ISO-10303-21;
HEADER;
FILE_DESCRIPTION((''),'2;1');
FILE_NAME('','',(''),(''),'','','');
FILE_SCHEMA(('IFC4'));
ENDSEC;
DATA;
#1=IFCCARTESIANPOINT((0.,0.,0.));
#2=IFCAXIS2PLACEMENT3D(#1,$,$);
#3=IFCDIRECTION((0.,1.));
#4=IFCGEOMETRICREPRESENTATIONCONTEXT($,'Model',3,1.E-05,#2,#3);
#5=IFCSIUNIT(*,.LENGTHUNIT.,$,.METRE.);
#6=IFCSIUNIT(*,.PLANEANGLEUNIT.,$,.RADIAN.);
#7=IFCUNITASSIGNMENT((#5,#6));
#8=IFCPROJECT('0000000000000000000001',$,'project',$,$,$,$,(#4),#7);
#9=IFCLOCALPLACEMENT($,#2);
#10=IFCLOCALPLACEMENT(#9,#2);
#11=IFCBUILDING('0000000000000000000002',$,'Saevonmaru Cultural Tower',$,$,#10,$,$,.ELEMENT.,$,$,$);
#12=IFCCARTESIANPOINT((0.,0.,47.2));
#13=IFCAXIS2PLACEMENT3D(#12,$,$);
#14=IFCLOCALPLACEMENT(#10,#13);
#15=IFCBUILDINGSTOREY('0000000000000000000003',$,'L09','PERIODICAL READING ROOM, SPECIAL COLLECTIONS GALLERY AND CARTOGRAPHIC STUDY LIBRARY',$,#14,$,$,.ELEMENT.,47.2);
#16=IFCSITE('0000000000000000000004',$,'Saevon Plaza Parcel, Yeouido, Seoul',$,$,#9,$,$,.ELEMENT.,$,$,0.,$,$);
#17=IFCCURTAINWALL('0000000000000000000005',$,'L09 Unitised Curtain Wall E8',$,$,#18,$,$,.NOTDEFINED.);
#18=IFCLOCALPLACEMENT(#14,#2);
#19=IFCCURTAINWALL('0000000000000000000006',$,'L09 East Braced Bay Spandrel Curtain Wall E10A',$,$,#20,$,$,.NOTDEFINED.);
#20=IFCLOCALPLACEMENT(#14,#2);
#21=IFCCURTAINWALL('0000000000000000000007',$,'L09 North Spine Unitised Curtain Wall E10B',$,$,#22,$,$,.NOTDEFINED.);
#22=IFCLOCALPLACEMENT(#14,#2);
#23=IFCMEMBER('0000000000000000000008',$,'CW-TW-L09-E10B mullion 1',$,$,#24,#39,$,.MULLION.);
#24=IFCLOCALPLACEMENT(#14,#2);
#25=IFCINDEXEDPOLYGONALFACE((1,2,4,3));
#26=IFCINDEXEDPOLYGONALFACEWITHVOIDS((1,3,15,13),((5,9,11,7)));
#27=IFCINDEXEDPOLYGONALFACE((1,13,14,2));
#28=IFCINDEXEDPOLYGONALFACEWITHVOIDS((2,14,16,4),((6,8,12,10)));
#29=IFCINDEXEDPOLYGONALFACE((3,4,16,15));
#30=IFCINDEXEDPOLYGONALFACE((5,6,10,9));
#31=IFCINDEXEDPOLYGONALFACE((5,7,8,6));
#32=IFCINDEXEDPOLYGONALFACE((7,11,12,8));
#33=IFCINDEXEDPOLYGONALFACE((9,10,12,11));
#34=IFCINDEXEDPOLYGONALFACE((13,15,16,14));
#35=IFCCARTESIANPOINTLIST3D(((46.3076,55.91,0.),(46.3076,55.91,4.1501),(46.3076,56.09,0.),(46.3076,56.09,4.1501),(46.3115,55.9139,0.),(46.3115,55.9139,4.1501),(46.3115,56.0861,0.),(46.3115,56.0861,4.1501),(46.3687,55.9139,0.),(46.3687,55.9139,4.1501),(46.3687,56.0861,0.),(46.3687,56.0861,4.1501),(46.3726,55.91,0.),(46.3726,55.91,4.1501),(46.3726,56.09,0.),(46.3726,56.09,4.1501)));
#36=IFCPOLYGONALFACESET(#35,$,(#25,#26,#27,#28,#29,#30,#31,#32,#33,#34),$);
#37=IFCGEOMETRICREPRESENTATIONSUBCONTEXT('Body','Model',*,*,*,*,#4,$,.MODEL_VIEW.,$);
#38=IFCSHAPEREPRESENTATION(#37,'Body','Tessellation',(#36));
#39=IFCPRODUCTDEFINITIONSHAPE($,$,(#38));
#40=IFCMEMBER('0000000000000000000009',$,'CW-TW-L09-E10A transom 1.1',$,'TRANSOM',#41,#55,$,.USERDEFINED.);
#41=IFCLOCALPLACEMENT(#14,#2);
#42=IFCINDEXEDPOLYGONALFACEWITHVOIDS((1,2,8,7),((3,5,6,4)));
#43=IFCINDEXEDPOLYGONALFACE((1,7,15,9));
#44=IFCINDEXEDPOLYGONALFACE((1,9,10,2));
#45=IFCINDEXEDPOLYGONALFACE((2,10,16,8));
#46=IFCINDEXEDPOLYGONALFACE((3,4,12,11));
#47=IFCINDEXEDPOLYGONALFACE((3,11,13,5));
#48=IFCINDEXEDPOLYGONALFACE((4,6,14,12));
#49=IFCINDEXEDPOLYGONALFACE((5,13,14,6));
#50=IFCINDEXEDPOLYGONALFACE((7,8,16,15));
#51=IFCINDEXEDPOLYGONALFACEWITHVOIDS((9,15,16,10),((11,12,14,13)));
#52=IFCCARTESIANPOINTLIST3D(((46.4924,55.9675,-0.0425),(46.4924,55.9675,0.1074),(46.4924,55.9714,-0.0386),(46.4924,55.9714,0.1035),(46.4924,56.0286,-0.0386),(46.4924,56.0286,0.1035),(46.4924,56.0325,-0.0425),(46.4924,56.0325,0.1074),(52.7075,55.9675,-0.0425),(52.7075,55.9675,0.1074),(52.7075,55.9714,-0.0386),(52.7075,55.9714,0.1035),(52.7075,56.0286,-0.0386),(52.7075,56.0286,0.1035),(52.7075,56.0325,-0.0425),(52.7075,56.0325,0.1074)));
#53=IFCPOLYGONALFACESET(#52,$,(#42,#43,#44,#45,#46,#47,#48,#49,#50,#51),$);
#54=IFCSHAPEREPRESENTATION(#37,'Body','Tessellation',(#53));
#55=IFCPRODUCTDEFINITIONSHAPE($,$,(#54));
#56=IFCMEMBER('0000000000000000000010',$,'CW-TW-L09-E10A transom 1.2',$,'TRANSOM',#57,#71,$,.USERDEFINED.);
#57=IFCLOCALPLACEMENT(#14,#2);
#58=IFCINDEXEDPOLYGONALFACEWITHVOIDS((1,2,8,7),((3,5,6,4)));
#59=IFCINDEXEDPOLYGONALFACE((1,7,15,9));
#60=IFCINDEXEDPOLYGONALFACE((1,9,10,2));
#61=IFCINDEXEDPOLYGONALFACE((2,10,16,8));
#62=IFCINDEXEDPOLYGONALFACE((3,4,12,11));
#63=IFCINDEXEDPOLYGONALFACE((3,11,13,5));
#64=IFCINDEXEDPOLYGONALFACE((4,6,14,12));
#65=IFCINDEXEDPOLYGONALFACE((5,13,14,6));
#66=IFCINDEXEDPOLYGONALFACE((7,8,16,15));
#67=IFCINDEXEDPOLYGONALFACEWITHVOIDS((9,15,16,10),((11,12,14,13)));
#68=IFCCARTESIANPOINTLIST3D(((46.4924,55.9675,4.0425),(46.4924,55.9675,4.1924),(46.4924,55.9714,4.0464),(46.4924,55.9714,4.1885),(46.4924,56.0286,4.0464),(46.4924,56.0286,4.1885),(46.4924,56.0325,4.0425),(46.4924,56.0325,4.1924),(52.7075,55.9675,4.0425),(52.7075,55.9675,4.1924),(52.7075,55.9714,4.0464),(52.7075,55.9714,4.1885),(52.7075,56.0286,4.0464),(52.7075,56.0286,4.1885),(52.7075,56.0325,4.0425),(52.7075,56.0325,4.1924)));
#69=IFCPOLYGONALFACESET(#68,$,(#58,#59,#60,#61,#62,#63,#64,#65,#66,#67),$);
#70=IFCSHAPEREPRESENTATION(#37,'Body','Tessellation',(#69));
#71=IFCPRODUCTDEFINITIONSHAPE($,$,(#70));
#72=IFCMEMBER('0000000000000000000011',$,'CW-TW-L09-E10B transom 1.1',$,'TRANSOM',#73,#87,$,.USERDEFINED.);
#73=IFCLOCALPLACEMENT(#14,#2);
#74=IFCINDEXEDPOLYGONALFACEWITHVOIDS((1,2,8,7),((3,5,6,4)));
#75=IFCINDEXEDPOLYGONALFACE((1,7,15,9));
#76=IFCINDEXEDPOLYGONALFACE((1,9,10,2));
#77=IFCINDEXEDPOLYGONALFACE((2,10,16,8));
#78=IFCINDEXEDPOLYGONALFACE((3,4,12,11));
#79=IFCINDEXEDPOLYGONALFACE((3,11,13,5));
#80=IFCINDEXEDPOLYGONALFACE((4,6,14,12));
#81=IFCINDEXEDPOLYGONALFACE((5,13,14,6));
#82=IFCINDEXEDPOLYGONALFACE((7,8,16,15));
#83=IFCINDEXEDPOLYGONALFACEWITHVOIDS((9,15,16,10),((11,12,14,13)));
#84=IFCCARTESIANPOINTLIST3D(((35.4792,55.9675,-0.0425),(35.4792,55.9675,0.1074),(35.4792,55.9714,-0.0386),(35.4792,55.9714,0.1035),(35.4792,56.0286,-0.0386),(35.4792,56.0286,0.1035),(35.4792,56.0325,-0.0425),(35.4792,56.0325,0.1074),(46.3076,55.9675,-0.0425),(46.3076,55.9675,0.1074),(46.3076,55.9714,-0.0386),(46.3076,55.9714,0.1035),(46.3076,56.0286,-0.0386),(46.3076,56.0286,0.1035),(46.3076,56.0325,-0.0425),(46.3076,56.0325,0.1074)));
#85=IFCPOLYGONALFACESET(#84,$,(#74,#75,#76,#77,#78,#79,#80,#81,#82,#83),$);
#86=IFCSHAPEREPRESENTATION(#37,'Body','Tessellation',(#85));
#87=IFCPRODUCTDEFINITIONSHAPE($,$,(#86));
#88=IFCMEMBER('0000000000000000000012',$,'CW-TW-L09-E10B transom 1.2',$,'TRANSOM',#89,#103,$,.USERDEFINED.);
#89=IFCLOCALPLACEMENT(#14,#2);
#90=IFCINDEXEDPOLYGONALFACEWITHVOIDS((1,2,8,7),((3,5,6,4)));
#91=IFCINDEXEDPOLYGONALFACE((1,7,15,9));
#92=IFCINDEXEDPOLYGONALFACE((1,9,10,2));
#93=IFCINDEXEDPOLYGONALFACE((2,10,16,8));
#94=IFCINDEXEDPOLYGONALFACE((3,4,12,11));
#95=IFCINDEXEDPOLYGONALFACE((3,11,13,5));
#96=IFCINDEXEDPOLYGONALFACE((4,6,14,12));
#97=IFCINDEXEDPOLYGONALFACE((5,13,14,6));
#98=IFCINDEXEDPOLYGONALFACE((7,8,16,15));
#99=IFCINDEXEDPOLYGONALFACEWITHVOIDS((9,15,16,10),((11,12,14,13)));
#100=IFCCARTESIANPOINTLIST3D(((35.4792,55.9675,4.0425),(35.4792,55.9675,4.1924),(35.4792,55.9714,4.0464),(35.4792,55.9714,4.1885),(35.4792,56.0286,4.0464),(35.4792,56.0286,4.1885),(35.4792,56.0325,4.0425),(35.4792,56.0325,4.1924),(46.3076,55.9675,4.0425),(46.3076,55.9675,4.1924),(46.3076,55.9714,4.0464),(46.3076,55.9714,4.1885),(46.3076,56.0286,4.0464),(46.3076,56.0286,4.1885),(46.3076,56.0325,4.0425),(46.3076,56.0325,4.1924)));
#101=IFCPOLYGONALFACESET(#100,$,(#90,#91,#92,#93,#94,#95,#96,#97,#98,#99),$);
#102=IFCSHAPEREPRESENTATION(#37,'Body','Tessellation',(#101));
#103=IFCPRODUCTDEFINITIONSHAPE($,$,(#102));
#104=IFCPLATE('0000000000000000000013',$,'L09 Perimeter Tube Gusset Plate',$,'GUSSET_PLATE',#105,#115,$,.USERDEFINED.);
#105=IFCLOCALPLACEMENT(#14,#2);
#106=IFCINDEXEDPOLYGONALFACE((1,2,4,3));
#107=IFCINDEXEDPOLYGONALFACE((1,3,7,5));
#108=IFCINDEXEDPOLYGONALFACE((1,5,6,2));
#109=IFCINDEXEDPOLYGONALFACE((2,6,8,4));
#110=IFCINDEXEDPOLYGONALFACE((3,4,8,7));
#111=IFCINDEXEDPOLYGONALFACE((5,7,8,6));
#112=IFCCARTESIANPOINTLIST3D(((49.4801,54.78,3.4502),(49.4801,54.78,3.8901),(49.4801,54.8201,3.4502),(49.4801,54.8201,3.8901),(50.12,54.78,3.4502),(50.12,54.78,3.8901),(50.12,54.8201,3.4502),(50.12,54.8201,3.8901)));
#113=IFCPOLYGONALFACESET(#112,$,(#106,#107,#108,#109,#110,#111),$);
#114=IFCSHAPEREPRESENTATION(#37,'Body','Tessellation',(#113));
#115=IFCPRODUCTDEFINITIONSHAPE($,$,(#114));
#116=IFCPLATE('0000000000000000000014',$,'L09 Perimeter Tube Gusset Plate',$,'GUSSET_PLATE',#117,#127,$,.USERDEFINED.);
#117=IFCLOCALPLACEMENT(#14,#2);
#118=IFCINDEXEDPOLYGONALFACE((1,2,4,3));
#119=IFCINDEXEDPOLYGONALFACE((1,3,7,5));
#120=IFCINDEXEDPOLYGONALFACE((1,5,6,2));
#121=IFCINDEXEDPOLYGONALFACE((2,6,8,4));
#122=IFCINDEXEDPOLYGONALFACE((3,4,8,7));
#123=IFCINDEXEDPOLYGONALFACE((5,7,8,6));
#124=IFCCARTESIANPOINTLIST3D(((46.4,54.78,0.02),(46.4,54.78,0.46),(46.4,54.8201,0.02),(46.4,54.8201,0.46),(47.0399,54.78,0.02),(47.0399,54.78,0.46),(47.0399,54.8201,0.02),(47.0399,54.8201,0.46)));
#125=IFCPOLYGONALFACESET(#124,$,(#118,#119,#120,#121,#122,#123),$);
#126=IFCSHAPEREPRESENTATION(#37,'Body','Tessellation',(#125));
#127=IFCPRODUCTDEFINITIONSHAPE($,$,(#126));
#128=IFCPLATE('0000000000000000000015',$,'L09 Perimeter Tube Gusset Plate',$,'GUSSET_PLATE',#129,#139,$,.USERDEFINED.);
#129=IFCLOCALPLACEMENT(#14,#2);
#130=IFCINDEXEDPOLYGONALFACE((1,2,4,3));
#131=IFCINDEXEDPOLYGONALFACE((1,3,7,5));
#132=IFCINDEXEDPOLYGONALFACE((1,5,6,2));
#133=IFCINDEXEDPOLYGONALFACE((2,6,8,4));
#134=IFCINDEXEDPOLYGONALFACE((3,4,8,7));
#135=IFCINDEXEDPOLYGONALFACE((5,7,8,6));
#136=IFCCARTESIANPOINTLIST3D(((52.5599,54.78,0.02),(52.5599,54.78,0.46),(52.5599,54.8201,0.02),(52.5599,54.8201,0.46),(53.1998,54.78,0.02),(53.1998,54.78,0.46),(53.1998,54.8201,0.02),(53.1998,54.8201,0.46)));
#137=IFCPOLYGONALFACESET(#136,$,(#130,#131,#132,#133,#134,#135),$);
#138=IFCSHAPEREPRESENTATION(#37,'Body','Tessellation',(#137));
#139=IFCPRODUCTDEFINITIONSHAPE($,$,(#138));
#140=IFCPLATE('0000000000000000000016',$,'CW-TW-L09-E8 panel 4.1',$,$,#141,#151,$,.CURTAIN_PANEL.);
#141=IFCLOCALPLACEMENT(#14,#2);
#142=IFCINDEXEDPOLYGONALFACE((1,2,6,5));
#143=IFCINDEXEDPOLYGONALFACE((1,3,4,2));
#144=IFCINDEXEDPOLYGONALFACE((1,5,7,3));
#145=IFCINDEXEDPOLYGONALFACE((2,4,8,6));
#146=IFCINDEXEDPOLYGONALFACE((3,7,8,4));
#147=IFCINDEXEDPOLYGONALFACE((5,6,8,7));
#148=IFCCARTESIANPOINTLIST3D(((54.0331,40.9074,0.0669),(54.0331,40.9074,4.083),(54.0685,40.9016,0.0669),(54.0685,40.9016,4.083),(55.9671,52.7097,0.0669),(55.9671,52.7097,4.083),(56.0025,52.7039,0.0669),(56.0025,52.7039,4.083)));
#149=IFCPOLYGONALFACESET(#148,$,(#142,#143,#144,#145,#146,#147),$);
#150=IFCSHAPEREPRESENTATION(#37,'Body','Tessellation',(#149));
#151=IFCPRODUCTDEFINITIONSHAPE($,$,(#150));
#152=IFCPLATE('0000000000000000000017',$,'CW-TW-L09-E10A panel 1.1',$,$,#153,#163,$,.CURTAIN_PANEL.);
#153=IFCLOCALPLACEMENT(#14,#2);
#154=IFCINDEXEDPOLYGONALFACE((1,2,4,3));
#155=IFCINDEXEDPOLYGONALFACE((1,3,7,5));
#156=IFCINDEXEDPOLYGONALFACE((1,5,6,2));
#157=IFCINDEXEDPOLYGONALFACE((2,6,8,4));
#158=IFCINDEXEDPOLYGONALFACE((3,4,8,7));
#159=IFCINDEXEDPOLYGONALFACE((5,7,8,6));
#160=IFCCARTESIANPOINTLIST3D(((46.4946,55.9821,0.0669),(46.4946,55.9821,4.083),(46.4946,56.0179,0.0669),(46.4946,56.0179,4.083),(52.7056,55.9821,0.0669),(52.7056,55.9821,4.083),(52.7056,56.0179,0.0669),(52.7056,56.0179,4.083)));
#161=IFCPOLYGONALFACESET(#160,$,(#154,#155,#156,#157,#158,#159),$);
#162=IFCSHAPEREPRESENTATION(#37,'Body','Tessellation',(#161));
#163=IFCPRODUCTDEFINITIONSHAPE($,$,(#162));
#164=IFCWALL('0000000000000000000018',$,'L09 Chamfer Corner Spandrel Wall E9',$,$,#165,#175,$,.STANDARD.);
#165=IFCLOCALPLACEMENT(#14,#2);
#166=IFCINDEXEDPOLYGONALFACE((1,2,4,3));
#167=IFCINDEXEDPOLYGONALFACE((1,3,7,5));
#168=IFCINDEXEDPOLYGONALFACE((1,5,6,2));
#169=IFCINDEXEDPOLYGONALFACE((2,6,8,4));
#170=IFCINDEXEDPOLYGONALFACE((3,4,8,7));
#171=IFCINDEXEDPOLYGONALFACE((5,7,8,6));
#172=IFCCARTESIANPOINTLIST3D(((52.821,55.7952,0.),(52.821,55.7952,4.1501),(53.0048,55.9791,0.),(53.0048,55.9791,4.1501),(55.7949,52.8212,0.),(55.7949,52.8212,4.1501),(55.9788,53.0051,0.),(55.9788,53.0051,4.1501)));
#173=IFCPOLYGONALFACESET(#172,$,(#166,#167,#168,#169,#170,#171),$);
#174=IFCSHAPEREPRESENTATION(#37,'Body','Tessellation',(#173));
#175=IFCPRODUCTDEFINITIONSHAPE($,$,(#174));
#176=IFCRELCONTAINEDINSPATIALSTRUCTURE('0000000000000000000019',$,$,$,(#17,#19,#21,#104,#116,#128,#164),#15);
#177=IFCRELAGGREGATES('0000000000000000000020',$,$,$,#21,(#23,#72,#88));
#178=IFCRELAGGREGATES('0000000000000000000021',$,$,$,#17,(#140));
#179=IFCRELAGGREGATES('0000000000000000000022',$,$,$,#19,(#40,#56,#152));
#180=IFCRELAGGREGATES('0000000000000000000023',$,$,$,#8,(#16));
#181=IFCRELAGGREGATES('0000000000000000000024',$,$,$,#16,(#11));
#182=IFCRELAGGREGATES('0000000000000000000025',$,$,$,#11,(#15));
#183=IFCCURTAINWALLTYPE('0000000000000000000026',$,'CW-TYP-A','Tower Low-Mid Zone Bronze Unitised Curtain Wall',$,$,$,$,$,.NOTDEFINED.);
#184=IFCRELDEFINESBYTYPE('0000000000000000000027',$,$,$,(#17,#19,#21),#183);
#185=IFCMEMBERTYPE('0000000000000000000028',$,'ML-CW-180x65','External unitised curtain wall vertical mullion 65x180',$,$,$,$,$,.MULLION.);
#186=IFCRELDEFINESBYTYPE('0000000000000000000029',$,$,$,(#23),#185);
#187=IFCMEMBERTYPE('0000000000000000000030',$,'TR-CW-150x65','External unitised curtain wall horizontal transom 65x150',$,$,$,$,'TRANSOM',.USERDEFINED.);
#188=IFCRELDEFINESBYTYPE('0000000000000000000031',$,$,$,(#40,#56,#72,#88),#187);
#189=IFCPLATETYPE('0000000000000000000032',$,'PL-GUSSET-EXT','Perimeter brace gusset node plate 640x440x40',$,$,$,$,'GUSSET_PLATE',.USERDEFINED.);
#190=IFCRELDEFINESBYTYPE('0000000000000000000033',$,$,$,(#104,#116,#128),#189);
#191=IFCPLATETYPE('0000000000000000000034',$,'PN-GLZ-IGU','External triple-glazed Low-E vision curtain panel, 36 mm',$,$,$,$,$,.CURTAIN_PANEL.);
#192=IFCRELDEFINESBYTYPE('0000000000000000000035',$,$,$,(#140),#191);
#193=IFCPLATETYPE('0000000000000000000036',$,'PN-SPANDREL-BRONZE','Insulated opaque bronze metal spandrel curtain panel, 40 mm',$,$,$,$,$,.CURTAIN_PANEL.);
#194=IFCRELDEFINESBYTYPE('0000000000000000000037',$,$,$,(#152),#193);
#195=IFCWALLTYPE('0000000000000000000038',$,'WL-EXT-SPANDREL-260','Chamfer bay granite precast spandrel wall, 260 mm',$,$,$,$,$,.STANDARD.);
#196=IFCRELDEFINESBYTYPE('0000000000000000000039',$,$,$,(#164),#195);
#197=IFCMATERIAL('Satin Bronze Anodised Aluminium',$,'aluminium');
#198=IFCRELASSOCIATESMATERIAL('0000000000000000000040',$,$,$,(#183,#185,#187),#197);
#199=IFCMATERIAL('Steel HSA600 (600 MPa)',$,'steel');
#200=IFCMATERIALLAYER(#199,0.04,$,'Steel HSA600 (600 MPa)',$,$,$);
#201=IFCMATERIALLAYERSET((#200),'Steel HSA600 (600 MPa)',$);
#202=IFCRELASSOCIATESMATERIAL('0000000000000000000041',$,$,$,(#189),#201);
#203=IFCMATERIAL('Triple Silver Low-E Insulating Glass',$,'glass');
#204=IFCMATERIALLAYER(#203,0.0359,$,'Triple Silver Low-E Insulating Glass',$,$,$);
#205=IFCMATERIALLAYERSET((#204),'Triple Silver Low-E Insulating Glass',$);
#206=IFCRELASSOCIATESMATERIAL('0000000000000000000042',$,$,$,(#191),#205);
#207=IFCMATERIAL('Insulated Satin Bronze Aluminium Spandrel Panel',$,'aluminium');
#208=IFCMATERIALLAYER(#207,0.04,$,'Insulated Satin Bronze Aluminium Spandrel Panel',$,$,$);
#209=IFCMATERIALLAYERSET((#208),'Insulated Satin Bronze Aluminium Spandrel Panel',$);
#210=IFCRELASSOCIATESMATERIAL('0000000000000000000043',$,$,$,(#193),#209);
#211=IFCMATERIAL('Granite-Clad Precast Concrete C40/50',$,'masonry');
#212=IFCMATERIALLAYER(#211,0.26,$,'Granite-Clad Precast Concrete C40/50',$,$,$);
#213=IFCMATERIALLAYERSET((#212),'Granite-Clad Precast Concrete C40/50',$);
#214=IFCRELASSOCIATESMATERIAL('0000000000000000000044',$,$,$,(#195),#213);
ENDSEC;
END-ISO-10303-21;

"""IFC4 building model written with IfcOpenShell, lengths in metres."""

from ifc_helpers import new_model, si_unit, direction, frame, frame_2d, origin, origin_2d, place, context, subcontext, project, spatial, rectangle, hollow_rectangle, extrude, material, layer, layer_set, material_profile, profile_set, type_object, element, aggregate, save


model = new_model("IFC4")

# Units and contexts
model_context = context("Model", 3, precision=1e-05, world=origin(), true_north=direction((0.0, 1.0)))
body_context = subcontext(model_context, "Body", "Model", "MODEL_VIEW")
ifc_project = project(units=[si_unit("LENGTHUNIT", "METRE"), si_unit("PLANEANGLEUNIT", "RADIAN")], contexts=[model_context])

# Site, building, storey
site_placement = place(None, origin())
site = spatial("IfcSite", under=ifc_project, at=site_placement, Name="Saevon Plaza Parcel, Yeouido, Seoul", CompositionType="ELEMENT", RefElevation=0.0)
building_placement = place(site_placement, origin())
building = spatial("IfcBuilding", under=site, at=building_placement, Name="Saevonmaru Cultural Tower", CompositionType="ELEMENT")
storey_placement = place(building_placement, frame((0.0, 0.0, 47.2)))
storey = spatial("IfcBuildingStorey", under=building, at=storey_placement, Name="L09", Description="PERIODICAL READING ROOM, SPECIAL COLLECTIONS GALLERY AND CARTOGRAPHIC STUDY LIBRARY", CompositionType="ELEMENT", Elevation=47.2)

# Shared definitions
ifc_material_1 = material(Name="Steel HSA600 (600 MPa)", Category="steel")

# Curtain wall
ifc_material_2 = material(Name="Satin Bronze Anodised Aluminium", Category="aluminium")
curtain_wall_type = type_object("IfcCurtainWallType", Name="CW-TYP-A", Description="Tower Low-Mid Zone Bronze Unitised Curtain Wall", PredefinedType="NOTDEFINED", material=ifc_material_2)
curtain_wall_1_placement = place(storey_placement, origin())
curtain_wall_1 = element("IfcCurtainWall", 1, at=curtain_wall_1_placement, inside=storey, type_object=curtain_wall_type, Name="L09 Unitised Curtain Wall E8", PredefinedType="NOTDEFINED")
ifc_material_profile_1 = material_profile(ifc_material_2, hollow_rectangle(XDim=0.0649, YDim=0.1799, WallThickness=0.0039, at=origin_2d()), Name="ALU-MULL-180x65x4")
ifc_profile_set_1 = profile_set([ifc_material_profile_1], Name="Satin Bronze Anodised Aluminium")
member_type_1 = type_object("IfcMemberType", Name="ML-CW-180x65", Description="External unitised curtain wall vertical mullion 65x180", PredefinedType="MULLION", material=ifc_profile_set_1)

# Curtain wall
curtain_wall_2_placement = place(storey_placement, origin())
curtain_wall_2 = element("IfcCurtainWall", 2, at=curtain_wall_2_placement, inside=storey, type_object=curtain_wall_type, Name="L09 East Braced Bay Spandrel Curtain Wall E10A", PredefinedType="NOTDEFINED")

# Curtain wall, member
curtain_wall_3_placement = place(storey_placement, origin())
curtain_wall_3 = element("IfcCurtainWall", 3, at=curtain_wall_3_placement, inside=storey, type_object=curtain_wall_type, Name="L09 North Spine Unitised Curtain Wall E10B", PredefinedType="NOTDEFINED")
member_1_placement = place(storey_placement, frame((46.3401, 56.0, 0.0), z_axis=(0.0, 0.0, 1.0), x_axis=(-1.0, 0.0, 0.0)))
member_1 = element("IfcMember", 4, at=member_1_placement, type_object=member_type_1, Name="CW-TW-L09-E10B mullion 1", PredefinedType="MULLION", context=body_context, shape_type="SweptSolid", body=[
    extrude(hollow_rectangle(XDim=0.0649, YDim=0.1799, WallThickness=0.0039, at=origin_2d()), origin(), (0.0, 0.0, 1.0), 4.1501),
])

# Members
ifc_material_profile_2 = material_profile(ifc_material_2, hollow_rectangle(XDim=0.0649, YDim=0.1499, WallThickness=0.0039, at=origin_2d()), Name="ALU-TRAN-150x65x4")
ifc_profile_set_2 = profile_set([ifc_material_profile_2], Name="Satin Bronze Anodised Aluminium")
member_type_2 = type_object("IfcMemberType", Name="TR-CW-150x65", Description="External unitised curtain wall horizontal transom 65x150", ElementType="TRANSOM", PredefinedType="USERDEFINED", material=ifc_profile_set_2)
member_2_placement = place(storey_placement, frame((52.7075, 56.0, 0.0325), z_axis=(-1.0, 0.0, 0.0), x_axis=(0.0, -1.0, 0.0)))
member_2 = element("IfcMember", 5, at=member_2_placement, type_object=member_type_2, Name="CW-TW-L09-E10A transom 1.1", ObjectType="TRANSOM", PredefinedType="USERDEFINED", context=body_context, shape_type="SweptSolid", body=[
    extrude(hollow_rectangle(XDim=0.0649, YDim=0.1499, WallThickness=0.0039, at=origin_2d()), origin(), (0.0, 0.0, 1.0), 6.2151),
])
member_3_placement = place(storey_placement, frame((52.7075, 56.0, 4.1174), z_axis=(-1.0, 0.0, 0.0), x_axis=(0.0, -1.0, 0.0)))
member_3 = element("IfcMember", 6, at=member_3_placement, type_object=member_type_2, Name="CW-TW-L09-E10A transom 1.2", ObjectType="TRANSOM", PredefinedType="USERDEFINED", context=body_context, shape_type="SweptSolid", body=[
    extrude(hollow_rectangle(XDim=0.0649, YDim=0.1499, WallThickness=0.0039, at=origin_2d()), origin(), (0.0, 0.0, 1.0), 6.2151),
])
member_4_placement = place(storey_placement, frame((46.3076, 56.0, 0.0325), z_axis=(-1.0, 0.0, 0.0), x_axis=(0.0, -1.0, 0.0)))
member_4 = element("IfcMember", 7, at=member_4_placement, type_object=member_type_2, Name="CW-TW-L09-E10B transom 1.1", ObjectType="TRANSOM", PredefinedType="USERDEFINED", context=body_context, shape_type="SweptSolid", body=[
    extrude(hollow_rectangle(XDim=0.0649, YDim=0.1499, WallThickness=0.0039, at=origin_2d()), origin(), (0.0, 0.0, 1.0), 10.8284),
])
member_5_placement = place(storey_placement, frame((46.3076, 56.0, 4.1174), z_axis=(-1.0, 0.0, 0.0), x_axis=(0.0, -1.0, 0.0)))
member_5 = element("IfcMember", 8, at=member_5_placement, type_object=member_type_2, Name="CW-TW-L09-E10B transom 1.2", ObjectType="TRANSOM", PredefinedType="USERDEFINED", context=body_context, shape_type="SweptSolid", body=[
    extrude(hollow_rectangle(XDim=0.0649, YDim=0.1499, WallThickness=0.0039, at=origin_2d()), origin(), (0.0, 0.0, 1.0), 10.8284),
])
aggregate(curtain_wall_3, [member_1, member_4, member_5])

# Plates
ifc_layer_1 = layer(ifc_material_1, 0.04, Name="Steel HSA600 (600 MPa)")
ifc_layer_set_1 = layer_set([ifc_layer_1], Name="Steel HSA600 (600 MPa)")
plate_type_1 = type_object("IfcPlateType", Name="PL-GUSSET-EXT", Description="Perimeter brace gusset node plate 640x440x40", ElementType="GUSSET_PLATE", PredefinedType="USERDEFINED", material=ifc_layer_set_1)
for number, where, z_axis, x_axis, name in (
    (9, (49.8, 54.8, 3.4502), (0.0, 0.0, 1.0), (1.0, 0.0, 0.0), "L09 Perimeter Tube Gusset Plate"),
    (10, (46.72, 54.8, 0.02), (0.0, 0.0, 1.0), (1.0, 0.0, 0.0), "L09 Perimeter Tube Gusset Plate"),
    (11, (52.8799, 54.8, 0.02), (0.0, 0.0, 1.0), (1.0, 0.0, 0.0), "L09 Perimeter Tube Gusset Plate"),
):
    element("IfcPlate", number, at=place(storey_placement, frame(where, z_axis=z_axis, x_axis=x_axis)), inside=storey, type_object=plate_type_1, Name=name, ObjectType="GUSSET_PLATE", PredefinedType="USERDEFINED", context=body_context, shape_type="SweptSolid", body=[
        extrude(rectangle(XDim=0.6399, YDim=0.04, at=origin_2d()), origin(), (0.0, 0.0, 1.0), 0.4399),
    ])

# Plates
ifc_material_3 = material(Name="Triple Silver Low-E Insulating Glass", Category="glass")
ifc_layer_2 = layer(ifc_material_3, 0.0359, Name="Triple Silver Low-E Insulating Glass")
ifc_layer_set_2 = layer_set([ifc_layer_2], Name="Triple Silver Low-E Insulating Glass")
plate_type_2 = type_object("IfcPlateType", Name="PN-GLZ-IGU", Description="External triple-glazed Low-E vision curtain panel, 36 mm", PredefinedType="CURTAIN_PANEL", material=ifc_layer_set_2)
plate_1_placement = place(storey_placement, frame((55.0178, 46.8057, 0.0669), z_axis=(0.0, 0.0, 1.0), x_axis=(0.161709, 0.986839, 0.0)))
plate_1 = element("IfcPlate", 12, at=plate_1_placement, type_object=plate_type_2, Name="CW-TW-L09-E8 panel 4.1", PredefinedType="CURTAIN_PANEL", context=body_context, shape_type="SweptSolid", body=[
    extrude(rectangle(XDim=11.9597, YDim=0.0359, at=origin_2d()), origin(), (0.0, 0.0, 1.0), 4.0161),
])
aggregate(curtain_wall_1, [plate_1])
ifc_material_4 = material(Name="Insulated Satin Bronze Aluminium Spandrel Panel", Category="aluminium")
ifc_layer_3 = layer(ifc_material_4, 0.04, Name="Insulated Satin Bronze Aluminium Spandrel Panel")
ifc_layer_set_3 = layer_set([ifc_layer_3], Name="Insulated Satin Bronze Aluminium Spandrel Panel")
plate_type_3 = type_object("IfcPlateType", Name="PN-SPANDREL-BRONZE", Description="Insulated opaque bronze metal spandrel curtain panel, 40 mm", PredefinedType="CURTAIN_PANEL", material=ifc_layer_set_3)
plate_2_placement = place(storey_placement, frame((49.6001, 56.0, 0.0669), z_axis=(0.0, 0.0, 1.0), x_axis=(-1.0, 0.0, 0.0)))
plate_2 = element("IfcPlate", 13, at=plate_2_placement, type_object=plate_type_3, Name="CW-TW-L09-E10A panel 1.1", PredefinedType="CURTAIN_PANEL", context=body_context, shape_type="SweptSolid", body=[
    extrude(rectangle(XDim=6.2109, YDim=0.0359, at=origin_2d()), origin(), (0.0, 0.0, 1.0), 4.0161),
])
aggregate(curtain_wall_2, [member_2, member_3, plate_2])

# Wall
ifc_material_5 = material(Name="Granite-Clad Precast Concrete C40/50", Category="masonry")
ifc_layer_4 = layer(ifc_material_5, 0.26, Name="Granite-Clad Precast Concrete C40/50")
ifc_layer_set_4 = layer_set([ifc_layer_4], Name="Granite-Clad Precast Concrete C40/50")
wall_type_1 = type_object("IfcWallType", Name="WL-EXT-SPANDREL-260", Description="Chamfer bay granite precast spandrel wall, 260 mm", PredefinedType="STANDARD", material=ifc_layer_set_4)
wall_1_placement = place(storey_placement, frame((55.887, 52.9131, 0.0), z_axis=(0.0, 0.0, 1.0), x_axis=(-0.707107, 0.707107, 0.0)))
element("IfcWall", 14, at=wall_1_placement, inside=storey, type_object=wall_type_1, Name="L09 Chamfer Corner Spandrel Wall E9", PredefinedType="STANDARD", context=body_context, shape_type="SweptSolid", body=[
    extrude(rectangle(XDim=4.2058, YDim=0.26, at=frame_2d((2.103, 0.0))), origin(), (0.0, 0.0, 1.0), 4.1501),
])

save(model, "model.ifc")
